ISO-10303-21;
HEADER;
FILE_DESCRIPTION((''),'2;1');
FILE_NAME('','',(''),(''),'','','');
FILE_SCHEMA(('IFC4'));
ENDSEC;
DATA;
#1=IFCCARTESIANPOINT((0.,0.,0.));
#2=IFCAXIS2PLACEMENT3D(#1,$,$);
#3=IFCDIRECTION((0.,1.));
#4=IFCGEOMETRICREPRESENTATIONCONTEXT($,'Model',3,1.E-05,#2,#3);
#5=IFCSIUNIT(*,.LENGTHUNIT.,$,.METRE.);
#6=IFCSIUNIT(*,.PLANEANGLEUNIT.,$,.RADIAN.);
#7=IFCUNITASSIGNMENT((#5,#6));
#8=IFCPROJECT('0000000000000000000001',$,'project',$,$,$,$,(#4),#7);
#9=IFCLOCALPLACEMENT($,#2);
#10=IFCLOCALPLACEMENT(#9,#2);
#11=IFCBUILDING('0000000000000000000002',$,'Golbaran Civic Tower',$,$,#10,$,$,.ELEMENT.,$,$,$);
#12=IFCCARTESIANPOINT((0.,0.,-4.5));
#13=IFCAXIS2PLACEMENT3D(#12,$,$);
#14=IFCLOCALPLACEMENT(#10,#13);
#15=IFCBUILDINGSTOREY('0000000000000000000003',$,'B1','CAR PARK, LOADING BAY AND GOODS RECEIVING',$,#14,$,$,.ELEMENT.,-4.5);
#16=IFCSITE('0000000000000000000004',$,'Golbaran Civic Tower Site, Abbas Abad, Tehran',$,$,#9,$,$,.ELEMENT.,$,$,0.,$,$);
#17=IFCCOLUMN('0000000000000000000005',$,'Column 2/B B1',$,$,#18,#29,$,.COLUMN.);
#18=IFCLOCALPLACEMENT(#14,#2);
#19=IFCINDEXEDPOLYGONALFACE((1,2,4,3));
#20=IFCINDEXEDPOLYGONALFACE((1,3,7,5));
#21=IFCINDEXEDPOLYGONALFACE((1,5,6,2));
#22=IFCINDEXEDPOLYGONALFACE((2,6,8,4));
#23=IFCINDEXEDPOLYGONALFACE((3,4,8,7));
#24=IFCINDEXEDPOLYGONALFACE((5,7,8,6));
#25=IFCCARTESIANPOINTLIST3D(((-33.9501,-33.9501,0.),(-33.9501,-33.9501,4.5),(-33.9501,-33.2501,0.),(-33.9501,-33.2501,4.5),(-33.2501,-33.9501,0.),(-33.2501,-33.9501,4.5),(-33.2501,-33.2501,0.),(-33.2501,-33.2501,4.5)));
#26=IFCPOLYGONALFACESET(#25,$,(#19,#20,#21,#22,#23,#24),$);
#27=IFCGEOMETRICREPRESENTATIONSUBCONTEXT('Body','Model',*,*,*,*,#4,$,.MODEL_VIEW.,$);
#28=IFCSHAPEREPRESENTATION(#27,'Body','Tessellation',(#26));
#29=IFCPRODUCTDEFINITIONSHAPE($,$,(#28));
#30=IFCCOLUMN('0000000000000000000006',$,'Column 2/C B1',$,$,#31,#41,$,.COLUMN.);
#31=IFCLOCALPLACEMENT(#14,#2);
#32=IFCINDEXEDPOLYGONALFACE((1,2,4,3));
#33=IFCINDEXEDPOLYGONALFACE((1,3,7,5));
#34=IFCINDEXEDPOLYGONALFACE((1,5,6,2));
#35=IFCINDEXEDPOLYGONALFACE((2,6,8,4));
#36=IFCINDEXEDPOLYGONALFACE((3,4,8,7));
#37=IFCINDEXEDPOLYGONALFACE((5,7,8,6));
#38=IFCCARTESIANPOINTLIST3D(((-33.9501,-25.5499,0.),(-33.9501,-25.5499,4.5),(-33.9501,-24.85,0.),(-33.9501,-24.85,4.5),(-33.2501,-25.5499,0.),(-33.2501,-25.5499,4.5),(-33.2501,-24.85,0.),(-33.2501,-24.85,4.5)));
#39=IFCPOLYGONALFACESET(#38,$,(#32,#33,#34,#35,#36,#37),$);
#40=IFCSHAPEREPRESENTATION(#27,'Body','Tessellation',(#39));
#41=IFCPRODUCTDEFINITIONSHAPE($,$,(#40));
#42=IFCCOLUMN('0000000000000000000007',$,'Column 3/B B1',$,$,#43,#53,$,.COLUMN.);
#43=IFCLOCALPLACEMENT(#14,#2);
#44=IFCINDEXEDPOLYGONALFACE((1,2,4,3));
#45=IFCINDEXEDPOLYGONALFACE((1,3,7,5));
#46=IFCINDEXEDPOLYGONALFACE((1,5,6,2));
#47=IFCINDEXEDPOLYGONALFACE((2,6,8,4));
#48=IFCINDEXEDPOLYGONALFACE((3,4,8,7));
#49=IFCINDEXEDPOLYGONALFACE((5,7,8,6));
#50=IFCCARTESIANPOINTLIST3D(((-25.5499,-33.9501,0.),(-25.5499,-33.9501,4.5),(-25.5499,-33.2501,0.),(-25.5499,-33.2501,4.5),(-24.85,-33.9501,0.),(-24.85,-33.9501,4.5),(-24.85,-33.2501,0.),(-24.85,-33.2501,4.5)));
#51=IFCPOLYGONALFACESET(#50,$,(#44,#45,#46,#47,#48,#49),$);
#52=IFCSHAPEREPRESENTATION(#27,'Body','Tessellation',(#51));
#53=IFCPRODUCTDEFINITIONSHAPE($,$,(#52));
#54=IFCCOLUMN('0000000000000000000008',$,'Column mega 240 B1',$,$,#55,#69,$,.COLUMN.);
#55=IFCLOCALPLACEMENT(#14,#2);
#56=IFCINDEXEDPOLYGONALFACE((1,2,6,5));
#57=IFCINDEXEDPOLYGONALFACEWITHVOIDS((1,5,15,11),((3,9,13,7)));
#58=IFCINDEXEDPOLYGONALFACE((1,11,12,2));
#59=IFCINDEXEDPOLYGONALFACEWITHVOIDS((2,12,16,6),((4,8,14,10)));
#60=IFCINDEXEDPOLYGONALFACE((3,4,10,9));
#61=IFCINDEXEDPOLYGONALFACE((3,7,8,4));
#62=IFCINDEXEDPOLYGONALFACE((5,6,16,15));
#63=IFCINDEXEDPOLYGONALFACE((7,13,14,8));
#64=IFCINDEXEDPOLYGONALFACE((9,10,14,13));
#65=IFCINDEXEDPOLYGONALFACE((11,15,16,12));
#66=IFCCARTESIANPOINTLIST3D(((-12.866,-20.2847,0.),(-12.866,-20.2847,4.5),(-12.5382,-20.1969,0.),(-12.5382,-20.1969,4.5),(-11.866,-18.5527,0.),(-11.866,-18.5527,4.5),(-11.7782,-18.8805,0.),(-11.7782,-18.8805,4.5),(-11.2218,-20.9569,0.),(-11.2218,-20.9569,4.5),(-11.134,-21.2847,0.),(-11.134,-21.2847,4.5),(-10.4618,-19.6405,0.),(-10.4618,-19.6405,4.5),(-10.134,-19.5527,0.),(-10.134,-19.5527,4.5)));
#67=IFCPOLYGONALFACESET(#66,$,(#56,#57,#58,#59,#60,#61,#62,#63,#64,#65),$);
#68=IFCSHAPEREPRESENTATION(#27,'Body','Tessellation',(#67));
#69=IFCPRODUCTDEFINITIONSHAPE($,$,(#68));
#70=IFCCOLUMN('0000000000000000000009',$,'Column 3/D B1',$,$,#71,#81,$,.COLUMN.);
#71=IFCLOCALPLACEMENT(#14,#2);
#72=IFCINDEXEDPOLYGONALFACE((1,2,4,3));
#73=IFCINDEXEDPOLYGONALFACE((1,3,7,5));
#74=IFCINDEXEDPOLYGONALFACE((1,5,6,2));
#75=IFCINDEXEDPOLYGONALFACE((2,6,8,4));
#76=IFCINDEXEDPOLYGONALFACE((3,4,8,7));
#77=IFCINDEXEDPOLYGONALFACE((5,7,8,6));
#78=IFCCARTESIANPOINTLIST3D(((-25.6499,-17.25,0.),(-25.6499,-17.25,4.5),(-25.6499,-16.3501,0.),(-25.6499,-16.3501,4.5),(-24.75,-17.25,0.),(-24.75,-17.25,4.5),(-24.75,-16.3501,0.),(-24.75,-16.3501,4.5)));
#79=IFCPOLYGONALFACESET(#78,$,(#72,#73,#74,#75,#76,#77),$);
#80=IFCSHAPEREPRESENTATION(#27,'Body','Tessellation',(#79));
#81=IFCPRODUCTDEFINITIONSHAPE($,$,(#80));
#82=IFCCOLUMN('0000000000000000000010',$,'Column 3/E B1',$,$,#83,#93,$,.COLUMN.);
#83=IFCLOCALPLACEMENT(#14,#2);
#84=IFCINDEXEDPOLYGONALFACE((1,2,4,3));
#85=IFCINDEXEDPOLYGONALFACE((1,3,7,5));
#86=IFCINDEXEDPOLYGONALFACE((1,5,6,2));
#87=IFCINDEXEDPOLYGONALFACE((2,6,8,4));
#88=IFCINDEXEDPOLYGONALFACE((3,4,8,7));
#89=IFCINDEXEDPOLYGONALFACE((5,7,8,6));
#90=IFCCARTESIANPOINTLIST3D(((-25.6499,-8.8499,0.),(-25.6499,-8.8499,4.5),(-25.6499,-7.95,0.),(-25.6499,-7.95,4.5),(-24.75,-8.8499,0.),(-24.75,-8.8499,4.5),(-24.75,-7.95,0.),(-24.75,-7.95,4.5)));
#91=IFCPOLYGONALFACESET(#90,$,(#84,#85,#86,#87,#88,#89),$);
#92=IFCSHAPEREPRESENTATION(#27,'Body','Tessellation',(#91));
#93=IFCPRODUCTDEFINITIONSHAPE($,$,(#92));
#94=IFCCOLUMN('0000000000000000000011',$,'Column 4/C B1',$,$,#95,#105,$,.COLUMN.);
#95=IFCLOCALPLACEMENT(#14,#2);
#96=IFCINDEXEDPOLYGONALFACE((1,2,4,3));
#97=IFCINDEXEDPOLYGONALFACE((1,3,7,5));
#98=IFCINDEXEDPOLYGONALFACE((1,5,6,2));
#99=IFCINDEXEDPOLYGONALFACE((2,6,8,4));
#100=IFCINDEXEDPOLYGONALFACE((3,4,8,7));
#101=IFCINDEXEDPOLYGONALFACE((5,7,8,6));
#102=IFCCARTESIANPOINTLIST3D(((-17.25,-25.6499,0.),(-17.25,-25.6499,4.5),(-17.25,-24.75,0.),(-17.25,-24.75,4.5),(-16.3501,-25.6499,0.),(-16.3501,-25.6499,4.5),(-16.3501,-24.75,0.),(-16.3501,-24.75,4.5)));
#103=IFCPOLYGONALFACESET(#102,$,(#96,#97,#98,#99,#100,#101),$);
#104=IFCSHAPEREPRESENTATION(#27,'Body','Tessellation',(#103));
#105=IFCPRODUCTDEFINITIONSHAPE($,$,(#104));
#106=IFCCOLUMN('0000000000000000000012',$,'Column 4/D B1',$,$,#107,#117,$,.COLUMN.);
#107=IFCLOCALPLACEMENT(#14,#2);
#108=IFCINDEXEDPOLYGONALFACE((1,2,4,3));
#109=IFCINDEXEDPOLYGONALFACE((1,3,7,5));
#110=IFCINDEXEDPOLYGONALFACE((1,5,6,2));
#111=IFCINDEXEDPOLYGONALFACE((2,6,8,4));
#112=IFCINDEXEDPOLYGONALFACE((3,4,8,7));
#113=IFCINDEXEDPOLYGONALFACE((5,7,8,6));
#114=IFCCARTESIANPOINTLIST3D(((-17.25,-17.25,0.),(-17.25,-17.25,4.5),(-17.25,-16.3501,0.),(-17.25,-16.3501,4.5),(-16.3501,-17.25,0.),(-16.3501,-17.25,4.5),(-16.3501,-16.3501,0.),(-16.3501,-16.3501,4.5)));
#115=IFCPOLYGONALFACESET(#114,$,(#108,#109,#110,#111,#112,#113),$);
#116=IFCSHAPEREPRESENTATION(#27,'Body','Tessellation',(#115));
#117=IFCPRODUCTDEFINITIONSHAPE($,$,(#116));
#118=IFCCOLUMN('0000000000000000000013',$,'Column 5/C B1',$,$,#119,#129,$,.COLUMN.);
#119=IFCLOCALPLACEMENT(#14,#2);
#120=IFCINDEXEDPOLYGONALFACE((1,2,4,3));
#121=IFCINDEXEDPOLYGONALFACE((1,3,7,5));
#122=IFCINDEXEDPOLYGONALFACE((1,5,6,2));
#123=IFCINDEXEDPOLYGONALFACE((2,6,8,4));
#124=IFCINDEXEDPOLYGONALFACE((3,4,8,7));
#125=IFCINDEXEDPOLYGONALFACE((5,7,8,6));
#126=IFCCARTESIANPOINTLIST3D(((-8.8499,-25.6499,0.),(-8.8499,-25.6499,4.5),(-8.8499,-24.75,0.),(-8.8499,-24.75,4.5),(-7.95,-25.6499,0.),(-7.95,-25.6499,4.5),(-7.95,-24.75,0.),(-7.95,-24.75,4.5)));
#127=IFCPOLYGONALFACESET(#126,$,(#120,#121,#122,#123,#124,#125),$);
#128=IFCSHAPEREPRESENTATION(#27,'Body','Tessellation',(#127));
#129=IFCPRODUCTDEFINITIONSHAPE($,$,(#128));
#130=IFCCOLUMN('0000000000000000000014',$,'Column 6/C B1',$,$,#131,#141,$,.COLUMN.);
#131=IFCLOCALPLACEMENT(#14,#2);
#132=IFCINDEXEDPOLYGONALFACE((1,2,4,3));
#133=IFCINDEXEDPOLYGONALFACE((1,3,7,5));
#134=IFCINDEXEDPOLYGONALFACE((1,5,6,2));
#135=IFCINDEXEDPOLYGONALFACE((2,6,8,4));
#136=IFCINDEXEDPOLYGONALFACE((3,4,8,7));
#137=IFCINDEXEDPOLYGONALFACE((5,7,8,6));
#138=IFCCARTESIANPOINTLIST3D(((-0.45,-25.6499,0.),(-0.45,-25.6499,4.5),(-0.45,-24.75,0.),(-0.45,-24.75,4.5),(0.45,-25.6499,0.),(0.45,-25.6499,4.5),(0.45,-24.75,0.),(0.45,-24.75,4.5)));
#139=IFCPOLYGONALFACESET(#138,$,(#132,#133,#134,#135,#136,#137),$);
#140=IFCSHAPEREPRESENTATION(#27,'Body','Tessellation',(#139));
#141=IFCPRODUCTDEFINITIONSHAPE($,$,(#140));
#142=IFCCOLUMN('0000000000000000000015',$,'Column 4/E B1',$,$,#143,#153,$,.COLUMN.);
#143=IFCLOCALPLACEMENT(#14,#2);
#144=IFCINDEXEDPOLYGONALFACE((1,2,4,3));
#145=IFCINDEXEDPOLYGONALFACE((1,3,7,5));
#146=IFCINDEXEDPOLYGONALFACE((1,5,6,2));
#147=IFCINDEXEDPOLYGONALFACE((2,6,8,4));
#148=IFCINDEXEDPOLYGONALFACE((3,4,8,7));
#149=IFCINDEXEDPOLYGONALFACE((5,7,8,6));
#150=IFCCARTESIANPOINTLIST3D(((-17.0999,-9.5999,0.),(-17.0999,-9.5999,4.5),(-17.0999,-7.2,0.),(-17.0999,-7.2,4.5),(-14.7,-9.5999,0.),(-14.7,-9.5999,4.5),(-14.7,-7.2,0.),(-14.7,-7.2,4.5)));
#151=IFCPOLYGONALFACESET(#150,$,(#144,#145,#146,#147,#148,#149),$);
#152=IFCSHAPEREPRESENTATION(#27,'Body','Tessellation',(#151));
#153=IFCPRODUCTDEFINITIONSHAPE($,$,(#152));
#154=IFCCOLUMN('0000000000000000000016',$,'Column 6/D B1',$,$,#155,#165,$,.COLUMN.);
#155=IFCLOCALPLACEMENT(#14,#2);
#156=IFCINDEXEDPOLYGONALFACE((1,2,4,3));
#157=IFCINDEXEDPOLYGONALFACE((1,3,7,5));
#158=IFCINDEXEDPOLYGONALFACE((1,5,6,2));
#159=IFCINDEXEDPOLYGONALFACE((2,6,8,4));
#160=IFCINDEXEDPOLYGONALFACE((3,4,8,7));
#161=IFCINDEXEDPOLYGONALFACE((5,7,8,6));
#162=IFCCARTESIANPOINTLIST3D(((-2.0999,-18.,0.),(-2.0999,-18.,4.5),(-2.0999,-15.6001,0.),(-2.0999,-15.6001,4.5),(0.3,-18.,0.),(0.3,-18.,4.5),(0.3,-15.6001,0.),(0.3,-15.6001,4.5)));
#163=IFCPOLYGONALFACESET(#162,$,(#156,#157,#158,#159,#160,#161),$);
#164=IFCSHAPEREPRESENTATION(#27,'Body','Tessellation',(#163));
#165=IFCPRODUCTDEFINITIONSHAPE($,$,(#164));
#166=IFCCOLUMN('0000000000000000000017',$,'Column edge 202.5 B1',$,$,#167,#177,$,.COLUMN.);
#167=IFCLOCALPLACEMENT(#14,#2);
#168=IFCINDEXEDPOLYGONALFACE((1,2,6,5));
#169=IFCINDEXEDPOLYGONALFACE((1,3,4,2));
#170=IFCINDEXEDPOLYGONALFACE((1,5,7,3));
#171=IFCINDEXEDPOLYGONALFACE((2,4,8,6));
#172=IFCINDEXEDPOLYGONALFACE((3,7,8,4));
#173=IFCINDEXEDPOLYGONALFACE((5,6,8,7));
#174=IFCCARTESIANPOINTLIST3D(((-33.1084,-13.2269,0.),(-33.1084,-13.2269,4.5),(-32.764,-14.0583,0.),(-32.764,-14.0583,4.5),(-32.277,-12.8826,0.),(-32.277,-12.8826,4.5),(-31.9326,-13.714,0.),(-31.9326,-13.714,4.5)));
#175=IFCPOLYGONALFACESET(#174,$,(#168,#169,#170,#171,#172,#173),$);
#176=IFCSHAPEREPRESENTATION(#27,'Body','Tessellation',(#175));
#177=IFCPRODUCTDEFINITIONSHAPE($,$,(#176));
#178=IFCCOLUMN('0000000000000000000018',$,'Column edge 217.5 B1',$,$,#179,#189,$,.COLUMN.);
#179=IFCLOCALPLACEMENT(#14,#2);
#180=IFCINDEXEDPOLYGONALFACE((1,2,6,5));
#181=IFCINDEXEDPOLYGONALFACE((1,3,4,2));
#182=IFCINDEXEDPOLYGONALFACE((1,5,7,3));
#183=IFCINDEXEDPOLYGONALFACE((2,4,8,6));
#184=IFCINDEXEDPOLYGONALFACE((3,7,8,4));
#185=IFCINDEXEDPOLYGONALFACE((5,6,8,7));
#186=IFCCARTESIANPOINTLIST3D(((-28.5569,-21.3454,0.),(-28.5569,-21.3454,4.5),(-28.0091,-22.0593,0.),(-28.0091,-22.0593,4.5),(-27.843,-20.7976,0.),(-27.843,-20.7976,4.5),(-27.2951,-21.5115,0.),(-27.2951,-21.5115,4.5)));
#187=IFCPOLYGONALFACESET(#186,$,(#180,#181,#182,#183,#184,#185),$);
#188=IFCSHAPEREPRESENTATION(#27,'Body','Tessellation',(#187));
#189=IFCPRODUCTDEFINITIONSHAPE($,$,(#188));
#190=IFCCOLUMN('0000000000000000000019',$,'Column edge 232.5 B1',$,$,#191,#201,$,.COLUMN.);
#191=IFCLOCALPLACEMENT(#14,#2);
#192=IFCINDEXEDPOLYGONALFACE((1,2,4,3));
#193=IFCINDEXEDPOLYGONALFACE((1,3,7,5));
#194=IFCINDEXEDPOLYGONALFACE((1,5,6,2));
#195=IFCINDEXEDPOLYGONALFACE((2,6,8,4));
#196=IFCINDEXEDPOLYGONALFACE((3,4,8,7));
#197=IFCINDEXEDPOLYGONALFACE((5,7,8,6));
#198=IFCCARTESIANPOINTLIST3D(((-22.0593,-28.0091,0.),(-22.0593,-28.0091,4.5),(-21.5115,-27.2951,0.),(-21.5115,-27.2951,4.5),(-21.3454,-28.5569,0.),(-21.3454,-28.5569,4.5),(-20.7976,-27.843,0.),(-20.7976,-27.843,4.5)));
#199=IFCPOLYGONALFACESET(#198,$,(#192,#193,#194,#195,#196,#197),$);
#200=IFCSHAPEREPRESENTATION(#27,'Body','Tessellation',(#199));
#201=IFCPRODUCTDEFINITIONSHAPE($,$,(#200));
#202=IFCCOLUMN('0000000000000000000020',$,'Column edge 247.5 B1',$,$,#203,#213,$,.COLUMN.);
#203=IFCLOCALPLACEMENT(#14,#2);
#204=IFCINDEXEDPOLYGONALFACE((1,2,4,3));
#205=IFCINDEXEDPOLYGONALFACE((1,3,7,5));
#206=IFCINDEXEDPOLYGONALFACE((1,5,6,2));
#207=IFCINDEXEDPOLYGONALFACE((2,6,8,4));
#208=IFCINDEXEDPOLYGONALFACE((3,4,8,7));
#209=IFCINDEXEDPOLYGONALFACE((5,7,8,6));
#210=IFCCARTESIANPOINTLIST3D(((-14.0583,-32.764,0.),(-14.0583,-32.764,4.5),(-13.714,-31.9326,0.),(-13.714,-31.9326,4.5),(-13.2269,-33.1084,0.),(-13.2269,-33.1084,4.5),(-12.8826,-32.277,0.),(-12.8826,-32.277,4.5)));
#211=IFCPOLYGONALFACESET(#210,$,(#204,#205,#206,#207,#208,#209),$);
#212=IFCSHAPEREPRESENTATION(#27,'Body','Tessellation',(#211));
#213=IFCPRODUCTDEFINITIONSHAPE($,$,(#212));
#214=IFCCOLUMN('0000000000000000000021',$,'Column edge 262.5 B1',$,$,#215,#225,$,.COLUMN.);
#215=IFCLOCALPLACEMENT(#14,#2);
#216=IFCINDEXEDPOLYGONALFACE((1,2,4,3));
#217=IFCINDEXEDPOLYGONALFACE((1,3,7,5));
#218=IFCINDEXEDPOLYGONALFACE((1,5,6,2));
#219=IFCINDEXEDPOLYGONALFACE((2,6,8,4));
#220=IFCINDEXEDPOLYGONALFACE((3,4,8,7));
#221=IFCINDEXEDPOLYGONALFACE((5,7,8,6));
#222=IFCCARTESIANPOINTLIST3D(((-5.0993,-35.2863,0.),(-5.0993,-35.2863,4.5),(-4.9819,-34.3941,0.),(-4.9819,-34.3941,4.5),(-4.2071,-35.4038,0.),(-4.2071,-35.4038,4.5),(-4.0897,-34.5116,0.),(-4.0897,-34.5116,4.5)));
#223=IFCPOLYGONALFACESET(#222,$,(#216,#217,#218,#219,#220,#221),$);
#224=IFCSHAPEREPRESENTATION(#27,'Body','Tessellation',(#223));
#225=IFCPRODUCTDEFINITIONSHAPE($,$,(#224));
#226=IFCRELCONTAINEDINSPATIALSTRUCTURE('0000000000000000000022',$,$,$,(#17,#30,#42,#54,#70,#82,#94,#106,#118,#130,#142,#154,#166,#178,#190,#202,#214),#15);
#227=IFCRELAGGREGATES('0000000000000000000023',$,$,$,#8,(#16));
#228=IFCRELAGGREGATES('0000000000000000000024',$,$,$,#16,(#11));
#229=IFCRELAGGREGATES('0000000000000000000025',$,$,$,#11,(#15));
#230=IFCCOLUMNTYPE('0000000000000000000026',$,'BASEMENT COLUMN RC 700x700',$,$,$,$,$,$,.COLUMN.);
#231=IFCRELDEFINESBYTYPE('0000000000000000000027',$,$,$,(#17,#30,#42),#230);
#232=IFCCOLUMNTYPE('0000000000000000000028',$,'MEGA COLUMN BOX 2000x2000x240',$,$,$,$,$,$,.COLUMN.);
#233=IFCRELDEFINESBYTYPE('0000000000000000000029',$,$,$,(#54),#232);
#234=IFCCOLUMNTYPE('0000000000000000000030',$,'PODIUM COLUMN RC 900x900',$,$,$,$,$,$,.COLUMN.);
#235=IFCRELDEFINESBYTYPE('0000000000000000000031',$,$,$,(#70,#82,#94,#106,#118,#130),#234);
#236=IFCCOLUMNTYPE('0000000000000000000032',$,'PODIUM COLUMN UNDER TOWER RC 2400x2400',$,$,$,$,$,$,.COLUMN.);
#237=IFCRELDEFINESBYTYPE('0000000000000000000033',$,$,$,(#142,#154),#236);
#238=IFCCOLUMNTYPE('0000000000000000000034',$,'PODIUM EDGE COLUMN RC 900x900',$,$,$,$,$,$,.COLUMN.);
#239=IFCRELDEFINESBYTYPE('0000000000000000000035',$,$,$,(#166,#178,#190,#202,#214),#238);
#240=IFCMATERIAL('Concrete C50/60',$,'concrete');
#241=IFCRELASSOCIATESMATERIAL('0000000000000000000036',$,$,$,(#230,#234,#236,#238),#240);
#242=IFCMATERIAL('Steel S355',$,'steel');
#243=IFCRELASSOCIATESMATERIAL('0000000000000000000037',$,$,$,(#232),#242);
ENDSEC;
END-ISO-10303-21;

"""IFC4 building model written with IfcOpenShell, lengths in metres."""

from ifc_helpers import new_model, si_unit, direction, frame, origin, origin_2d, place, context, subcontext, project, spatial, rectangle, hollow_rectangle, extrude, material, material_profile, profile_set, type_object, element, save


model = new_model("IFC4")

# Units and contexts
model_context = context("Model", 3, precision=1e-05, world=origin(), true_north=direction((0.0, 1.0)))
body_context = subcontext(model_context, "Body", "Model", "MODEL_VIEW")
ifc_project = project(units=[si_unit("LENGTHUNIT", "METRE"), si_unit("PLANEANGLEUNIT", "RADIAN")], contexts=[model_context])

# Site, building, storey
site_placement = place(None, origin())
site = spatial("IfcSite", under=ifc_project, at=site_placement, Name="Golbaran Civic Tower Site, Abbas Abad, Tehran", CompositionType="ELEMENT", RefElevation=0.0)
building_placement = place(site_placement, origin())
building = spatial("IfcBuilding", under=site, at=building_placement, Name="Golbaran Civic Tower", CompositionType="ELEMENT")
storey_placement = place(building_placement, frame((0.0, 0.0, -4.5)))
storey = spatial("IfcBuildingStorey", under=building, at=storey_placement, Name="B1", Description="CAR PARK, LOADING BAY AND GOODS RECEIVING", CompositionType="ELEMENT", Elevation=-4.5)

# Columns
ifc_material_1 = material(Name="Concrete C50/60", Category="concrete")
ifc_material_profile_1 = material_profile(ifc_material_1, rectangle(XDim=0.7, YDim=0.7, at=origin_2d()), Name="RC 700x700")
ifc_profile_set_1 = profile_set([ifc_material_profile_1], Name="Concrete C50/60")
column_type_1 = type_object("IfcColumnType", Name="BASEMENT COLUMN RC 700x700", PredefinedType="COLUMN", material=ifc_profile_set_1)
for number, where, z_axis, x_axis, name in (
    (1, (-33.6001, -33.6001, 0.0), (0.0, 0.0, 1.0), (1.0, 0.0, 0.0), "Column 2/B B1"),
    (2, (-33.6001, -25.2, 0.0), (0.0, 0.0, 1.0), (1.0, 0.0, 0.0), "Column 2/C B1"),
    (3, (-25.2, -33.6001, 0.0), (0.0, 0.0, 1.0), (1.0, 0.0, 0.0), "Column 3/B B1"),
):
    element("IfcColumn", number, at=place(storey_placement, frame(where, z_axis=z_axis, x_axis=x_axis)), inside=storey, type_object=column_type_1, Name=name, PredefinedType="COLUMN", context=body_context, shape_type="SweptSolid", body=[
        extrude(rectangle(XDim=0.7, YDim=0.7, at=origin_2d()), origin(), (0.0, 0.0, 1.0), 4.5),
    ])
ifc_material_2 = material(Name="Steel S355", Category="steel")
ifc_material_profile_2 = material_profile(ifc_material_2, hollow_rectangle(XDim=2.0, YDim=2.0, WallThickness=0.24, at=origin_2d()), Name="BOX 2000x2000x240")
ifc_profile_set_2 = profile_set([ifc_material_profile_2], Name="Steel S355")
column_type_2 = type_object("IfcColumnType", Name="MEGA COLUMN BOX 2000x2000x240", PredefinedType="COLUMN", material=ifc_profile_set_2)
column_placement = place(storey_placement, frame((-11.5, -19.9187, 0.0), z_axis=(0.0, 0.0, 1.0), x_axis=(-0.5, -0.866025, 0.0)))
element("IfcColumn", 4, at=column_placement, inside=storey, type_object=column_type_2, Name="Column mega 240 B1", PredefinedType="COLUMN", context=body_context, shape_type="SweptSolid", body=[
    extrude(hollow_rectangle(XDim=2.0, YDim=2.0, WallThickness=0.24, at=origin_2d()), origin(), (0.0, 0.0, 1.0), 4.5),
])
ifc_material_profile_3 = material_profile(ifc_material_1, rectangle(XDim=0.8999, YDim=0.8999, at=origin_2d()), Name="RC 900x900")
ifc_profile_set_3 = profile_set([ifc_material_profile_3], Name="Concrete C50/60")
column_type_3 = type_object("IfcColumnType", Name="PODIUM COLUMN RC 900x900", PredefinedType="COLUMN", material=ifc_profile_set_3)
for number, where, z_axis, x_axis, name in (
    (5, (-25.2, -16.8, 0.0), (0.0, 0.0, 1.0), (1.0, 0.0, 0.0), "Column 3/D B1"),
    (6, (-25.2, -8.3999, 0.0), (0.0, 0.0, 1.0), (1.0, 0.0, 0.0), "Column 3/E B1"),
    (7, (-16.8, -25.2, 0.0), (0.0, 0.0, 1.0), (1.0, 0.0, 0.0), "Column 4/C B1"),
    (8, (-16.8, -16.8, 0.0), (0.0, 0.0, 1.0), (1.0, 0.0, 0.0), "Column 4/D B1"),
    (9, (-8.3999, -25.2, 0.0), (0.0, 0.0, 1.0), (1.0, 0.0, 0.0), "Column 5/C B1"),
    (10, (0.0, -25.2, 0.0), (0.0, 0.0, 1.0), (1.0, 0.0, 0.0), "Column 6/C B1"),
):
    element("IfcColumn", number, at=place(storey_placement, frame(where, z_axis=z_axis, x_axis=x_axis)), inside=storey, type_object=column_type_3, Name=name, PredefinedType="COLUMN", context=body_context, shape_type="SweptSolid", body=[
        extrude(rectangle(XDim=0.8999, YDim=0.8999, at=origin_2d()), origin(), (0.0, 0.0, 1.0), 4.5),
    ])
ifc_material_profile_4 = material_profile(ifc_material_1, rectangle(XDim=2.3999, YDim=2.3999, at=origin_2d()), Name="RC 2400x2400")
ifc_profile_set_4 = profile_set([ifc_material_profile_4], Name="Concrete C50/60")
column_type_4 = type_object("IfcColumnType", Name="PODIUM COLUMN UNDER TOWER RC 2400x2400", PredefinedType="COLUMN", material=ifc_profile_set_4)
for number, where, z_axis, x_axis, name in (
    (11, (-15.8999, -8.3999, 0.0), (0.0, 0.0, 1.0), (1.0, 0.0, 0.0), "Column 4/E B1"),
    (12, (-0.8999, -16.8, 0.0), (0.0, 0.0, 1.0), (1.0, 0.0, 0.0), "Column 6/D B1"),
):
    element("IfcColumn", number, at=place(storey_placement, frame(where, z_axis=z_axis, x_axis=x_axis)), inside=storey, type_object=column_type_4, Name=name, PredefinedType="COLUMN", context=body_context, shape_type="SweptSolid", body=[
        extrude(rectangle(XDim=2.3999, YDim=2.3999, at=origin_2d()), origin(), (0.0, 0.0, 1.0), 4.5),
    ])
ifc_material_profile_5 = material_profile(ifc_material_1, rectangle(XDim=0.8999, YDim=0.8999, at=origin_2d()), Name="RC 900x900")
ifc_profile_set_5 = profile_set([ifc_material_profile_5], Name="Concrete C50/60")
column_type_5 = type_object("IfcColumnType", Name="PODIUM EDGE COLUMN RC 900x900", PredefinedType="COLUMN", material=ifc_profile_set_5)
for number, where, z_axis, x_axis, name in (
    (13, (-32.5205, -13.4705, 0.0), (0.0, 0.0, 1.0), (-0.92388, -0.382683, 0.0), "Column edge 202.5 B1"),
    (14, (-27.926, -21.4285, 0.0), (0.0, 0.0, 1.0), (-0.793353, -0.608761, 0.0), "Column edge 217.5 B1"),
    (15, (-21.4285, -27.926, 0.0), (0.0, 0.0, 1.0), (-0.608761, -0.793353, 0.0), "Column edge 232.5 B1"),
    (16, (-13.4705, -32.5205, 0.0), (0.0, 0.0, 1.0), (-0.382683, -0.92388, 0.0), "Column edge 247.5 B1"),
    (17, (-4.5945, -34.8989, 0.0), (0.0, 0.0, 1.0), (-0.130526, -0.991445, 0.0), "Column edge 262.5 B1"),
):
    element("IfcColumn", number, at=place(storey_placement, frame(where, z_axis=z_axis, x_axis=x_axis)), inside=storey, type_object=column_type_5, Name=name, PredefinedType="COLUMN", context=body_context, shape_type="SweptSolid", body=[
        extrude(rectangle(XDim=0.8999, YDim=0.8999, at=origin_2d()), origin(), (0.0, 0.0, 1.0), 4.5),
    ])

save(model, "model.ifc")
